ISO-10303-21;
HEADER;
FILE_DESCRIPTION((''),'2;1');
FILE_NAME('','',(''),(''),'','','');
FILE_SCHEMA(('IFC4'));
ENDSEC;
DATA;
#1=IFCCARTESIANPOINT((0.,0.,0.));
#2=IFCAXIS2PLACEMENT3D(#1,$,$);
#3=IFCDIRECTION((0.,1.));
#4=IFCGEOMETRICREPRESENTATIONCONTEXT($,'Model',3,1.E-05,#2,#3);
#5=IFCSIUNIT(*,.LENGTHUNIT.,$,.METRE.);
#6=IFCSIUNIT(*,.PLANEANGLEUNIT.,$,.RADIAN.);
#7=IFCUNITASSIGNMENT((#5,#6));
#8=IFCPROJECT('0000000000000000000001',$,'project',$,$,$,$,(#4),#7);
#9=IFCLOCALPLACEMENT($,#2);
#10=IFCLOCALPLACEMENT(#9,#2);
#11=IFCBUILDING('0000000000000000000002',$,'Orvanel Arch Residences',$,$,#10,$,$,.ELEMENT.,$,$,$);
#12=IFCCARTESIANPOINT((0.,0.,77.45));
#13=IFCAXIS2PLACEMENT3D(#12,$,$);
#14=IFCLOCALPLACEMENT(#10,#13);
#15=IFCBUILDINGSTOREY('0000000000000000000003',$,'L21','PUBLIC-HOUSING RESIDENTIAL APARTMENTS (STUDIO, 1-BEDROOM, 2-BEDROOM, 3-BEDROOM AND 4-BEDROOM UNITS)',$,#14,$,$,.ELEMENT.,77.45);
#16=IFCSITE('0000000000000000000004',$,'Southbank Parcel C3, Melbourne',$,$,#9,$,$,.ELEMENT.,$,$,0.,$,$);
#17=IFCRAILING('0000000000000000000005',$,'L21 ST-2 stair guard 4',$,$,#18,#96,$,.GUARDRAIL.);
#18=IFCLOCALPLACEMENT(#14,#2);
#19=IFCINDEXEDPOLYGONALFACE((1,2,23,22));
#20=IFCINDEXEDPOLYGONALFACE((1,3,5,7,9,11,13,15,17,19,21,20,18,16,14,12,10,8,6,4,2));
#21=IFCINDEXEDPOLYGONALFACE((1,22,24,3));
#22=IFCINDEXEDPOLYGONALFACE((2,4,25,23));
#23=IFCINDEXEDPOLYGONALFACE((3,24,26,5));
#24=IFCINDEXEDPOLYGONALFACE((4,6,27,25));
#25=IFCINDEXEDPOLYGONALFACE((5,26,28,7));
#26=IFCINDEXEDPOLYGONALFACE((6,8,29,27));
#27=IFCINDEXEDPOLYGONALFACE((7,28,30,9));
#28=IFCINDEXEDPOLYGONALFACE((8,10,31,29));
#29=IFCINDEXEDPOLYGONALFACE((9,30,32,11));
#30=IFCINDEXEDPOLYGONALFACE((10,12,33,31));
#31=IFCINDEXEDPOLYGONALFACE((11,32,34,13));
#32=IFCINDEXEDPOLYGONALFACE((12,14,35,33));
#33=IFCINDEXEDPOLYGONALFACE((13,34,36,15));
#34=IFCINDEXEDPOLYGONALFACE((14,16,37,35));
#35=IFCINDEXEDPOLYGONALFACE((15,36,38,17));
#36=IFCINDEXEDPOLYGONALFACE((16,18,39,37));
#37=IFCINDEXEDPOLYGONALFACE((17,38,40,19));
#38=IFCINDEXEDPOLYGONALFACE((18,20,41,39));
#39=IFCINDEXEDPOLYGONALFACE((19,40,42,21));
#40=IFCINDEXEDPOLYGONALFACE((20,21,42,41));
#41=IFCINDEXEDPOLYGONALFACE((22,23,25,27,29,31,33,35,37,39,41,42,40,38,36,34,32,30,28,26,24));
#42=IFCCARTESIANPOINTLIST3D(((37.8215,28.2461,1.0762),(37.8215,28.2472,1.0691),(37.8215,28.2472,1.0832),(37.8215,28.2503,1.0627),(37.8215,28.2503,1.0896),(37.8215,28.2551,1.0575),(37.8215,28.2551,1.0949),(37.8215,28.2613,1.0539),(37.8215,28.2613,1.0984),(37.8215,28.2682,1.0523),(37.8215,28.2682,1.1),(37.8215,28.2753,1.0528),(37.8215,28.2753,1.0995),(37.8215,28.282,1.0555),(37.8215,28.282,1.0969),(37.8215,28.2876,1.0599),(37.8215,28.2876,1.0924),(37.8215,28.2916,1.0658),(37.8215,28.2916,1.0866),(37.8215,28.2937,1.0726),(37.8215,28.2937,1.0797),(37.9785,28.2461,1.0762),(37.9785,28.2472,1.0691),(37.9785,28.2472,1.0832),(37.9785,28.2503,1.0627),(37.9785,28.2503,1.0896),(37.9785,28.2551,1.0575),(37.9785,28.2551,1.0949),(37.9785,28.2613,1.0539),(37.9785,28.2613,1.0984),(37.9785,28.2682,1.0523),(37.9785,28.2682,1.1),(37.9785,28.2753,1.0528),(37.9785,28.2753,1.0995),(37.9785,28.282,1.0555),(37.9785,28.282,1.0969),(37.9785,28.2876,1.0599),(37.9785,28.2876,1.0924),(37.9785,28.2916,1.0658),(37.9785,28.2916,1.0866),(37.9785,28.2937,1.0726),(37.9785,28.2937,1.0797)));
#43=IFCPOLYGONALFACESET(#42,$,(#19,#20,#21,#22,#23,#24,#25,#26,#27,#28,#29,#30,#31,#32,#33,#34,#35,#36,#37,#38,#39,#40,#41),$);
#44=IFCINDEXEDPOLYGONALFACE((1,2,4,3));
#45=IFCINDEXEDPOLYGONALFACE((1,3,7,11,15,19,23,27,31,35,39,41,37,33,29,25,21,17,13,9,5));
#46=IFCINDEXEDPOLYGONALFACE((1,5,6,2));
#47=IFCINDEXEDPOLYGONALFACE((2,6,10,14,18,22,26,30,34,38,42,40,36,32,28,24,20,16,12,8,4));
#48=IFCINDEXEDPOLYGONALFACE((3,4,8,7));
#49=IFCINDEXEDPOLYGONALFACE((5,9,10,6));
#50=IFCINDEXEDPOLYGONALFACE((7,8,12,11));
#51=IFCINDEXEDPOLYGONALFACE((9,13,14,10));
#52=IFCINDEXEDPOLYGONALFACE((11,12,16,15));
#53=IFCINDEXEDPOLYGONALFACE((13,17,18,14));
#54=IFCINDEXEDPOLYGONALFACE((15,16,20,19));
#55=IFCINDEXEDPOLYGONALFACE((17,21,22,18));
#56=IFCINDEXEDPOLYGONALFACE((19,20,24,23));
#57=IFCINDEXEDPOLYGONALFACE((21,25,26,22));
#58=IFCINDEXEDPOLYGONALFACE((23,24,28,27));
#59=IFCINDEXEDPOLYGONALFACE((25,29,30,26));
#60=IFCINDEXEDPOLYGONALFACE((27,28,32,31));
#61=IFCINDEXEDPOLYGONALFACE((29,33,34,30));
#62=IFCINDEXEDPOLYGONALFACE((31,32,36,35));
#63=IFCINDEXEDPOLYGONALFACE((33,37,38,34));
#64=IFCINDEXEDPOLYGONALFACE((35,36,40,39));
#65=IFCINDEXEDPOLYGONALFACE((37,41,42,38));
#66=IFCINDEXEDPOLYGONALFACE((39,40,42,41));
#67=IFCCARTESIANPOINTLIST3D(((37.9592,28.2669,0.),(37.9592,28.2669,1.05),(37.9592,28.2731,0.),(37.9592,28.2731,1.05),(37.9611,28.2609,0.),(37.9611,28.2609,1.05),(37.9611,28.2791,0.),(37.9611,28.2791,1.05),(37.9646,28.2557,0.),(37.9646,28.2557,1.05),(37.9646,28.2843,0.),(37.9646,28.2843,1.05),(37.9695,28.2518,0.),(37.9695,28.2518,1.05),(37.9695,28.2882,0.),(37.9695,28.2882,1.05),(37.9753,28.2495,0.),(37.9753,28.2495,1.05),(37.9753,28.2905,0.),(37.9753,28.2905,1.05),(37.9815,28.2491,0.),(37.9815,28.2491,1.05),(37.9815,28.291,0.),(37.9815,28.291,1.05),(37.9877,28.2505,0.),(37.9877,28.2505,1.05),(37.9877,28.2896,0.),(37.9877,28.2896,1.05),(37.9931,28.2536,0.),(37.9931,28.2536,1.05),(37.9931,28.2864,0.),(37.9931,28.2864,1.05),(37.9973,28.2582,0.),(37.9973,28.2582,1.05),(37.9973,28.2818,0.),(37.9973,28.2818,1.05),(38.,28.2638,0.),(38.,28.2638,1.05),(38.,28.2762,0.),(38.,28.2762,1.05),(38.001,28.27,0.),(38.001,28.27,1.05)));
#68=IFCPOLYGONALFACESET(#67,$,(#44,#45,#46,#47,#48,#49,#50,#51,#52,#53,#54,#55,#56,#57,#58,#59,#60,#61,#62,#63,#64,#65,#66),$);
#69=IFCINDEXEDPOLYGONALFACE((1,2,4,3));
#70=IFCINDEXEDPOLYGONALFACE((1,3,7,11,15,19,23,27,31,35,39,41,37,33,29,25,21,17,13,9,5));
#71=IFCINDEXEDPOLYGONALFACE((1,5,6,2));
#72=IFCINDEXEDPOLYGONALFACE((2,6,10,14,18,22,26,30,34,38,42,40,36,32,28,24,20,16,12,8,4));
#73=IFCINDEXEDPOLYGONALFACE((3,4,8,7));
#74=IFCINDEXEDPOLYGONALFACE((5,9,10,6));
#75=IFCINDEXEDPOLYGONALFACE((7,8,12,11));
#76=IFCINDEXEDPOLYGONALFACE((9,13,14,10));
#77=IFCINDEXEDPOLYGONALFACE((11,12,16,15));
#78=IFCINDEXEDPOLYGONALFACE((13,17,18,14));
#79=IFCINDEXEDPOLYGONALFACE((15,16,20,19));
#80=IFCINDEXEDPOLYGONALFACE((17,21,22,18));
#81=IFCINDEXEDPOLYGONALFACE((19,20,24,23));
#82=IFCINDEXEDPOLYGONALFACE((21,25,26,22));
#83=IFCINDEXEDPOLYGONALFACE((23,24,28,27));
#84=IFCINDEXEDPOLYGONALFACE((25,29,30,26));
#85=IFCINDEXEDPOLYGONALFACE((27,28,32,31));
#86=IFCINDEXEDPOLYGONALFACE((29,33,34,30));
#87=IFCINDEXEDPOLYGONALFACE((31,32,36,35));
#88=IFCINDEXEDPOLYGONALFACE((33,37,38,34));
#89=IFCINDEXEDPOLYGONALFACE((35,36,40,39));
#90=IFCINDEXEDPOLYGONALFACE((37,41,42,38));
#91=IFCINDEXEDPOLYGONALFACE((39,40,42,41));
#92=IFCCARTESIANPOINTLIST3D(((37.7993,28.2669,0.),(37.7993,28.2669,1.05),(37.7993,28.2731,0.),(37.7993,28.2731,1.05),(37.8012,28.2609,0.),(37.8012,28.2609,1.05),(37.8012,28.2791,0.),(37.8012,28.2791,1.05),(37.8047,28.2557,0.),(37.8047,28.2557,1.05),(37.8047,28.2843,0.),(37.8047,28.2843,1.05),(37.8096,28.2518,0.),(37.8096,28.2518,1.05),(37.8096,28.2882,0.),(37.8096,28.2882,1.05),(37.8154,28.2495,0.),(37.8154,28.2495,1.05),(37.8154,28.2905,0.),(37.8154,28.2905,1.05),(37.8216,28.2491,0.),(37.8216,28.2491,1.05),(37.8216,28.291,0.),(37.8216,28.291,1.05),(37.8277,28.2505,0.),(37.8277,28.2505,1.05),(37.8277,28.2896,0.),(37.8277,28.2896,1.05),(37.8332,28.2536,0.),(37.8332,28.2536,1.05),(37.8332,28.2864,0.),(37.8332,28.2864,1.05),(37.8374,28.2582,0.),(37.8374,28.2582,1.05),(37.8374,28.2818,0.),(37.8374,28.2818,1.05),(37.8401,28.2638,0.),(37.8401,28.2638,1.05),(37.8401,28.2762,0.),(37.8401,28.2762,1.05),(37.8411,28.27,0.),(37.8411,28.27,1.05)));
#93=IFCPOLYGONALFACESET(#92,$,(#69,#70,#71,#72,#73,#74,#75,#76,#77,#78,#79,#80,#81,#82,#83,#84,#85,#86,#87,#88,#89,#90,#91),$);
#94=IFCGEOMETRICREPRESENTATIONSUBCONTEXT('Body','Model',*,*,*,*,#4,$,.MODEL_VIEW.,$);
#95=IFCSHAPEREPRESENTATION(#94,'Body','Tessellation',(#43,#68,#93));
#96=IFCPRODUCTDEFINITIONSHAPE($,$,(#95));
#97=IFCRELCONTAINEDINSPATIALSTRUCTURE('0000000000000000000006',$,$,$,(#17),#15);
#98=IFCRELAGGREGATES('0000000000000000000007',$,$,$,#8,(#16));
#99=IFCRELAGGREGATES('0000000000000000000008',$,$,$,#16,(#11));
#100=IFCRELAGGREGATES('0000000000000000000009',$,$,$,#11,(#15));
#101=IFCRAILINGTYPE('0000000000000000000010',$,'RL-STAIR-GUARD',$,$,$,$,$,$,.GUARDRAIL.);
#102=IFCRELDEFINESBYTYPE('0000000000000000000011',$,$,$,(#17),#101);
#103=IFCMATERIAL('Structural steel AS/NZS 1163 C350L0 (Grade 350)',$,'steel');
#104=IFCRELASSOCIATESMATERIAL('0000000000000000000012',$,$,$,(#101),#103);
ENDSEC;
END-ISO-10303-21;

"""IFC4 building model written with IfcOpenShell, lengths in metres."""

from ifc_helpers import new_model, si_unit, direction, frame, origin, origin_2d, place, context, subcontext, project, spatial, circle, extrude, material, type_object, element, save


model = new_model("IFC4")

# Units and contexts
model_context = context("Model", 3, precision=1e-05, world=origin(), true_north=direction((0.0, 1.0)))
body_context = subcontext(model_context, "Body", "Model", "MODEL_VIEW")
ifc_project = project(units=[si_unit("LENGTHUNIT", "METRE"), si_unit("PLANEANGLEUNIT", "RADIAN")], contexts=[model_context])

# Site, building, storey
site_placement = place(None, origin())
site = spatial("IfcSite", under=ifc_project, at=site_placement, Name="Southbank Parcel C3, Melbourne", CompositionType="ELEMENT", RefElevation=0.0)
building_placement = place(site_placement, origin())
building = spatial("IfcBuilding", under=site, at=building_placement, Name="Orvanel Arch Residences", CompositionType="ELEMENT")
storey_placement = place(building_placement, frame((0.0, 0.0, 77.45)))
storey = spatial("IfcBuildingStorey", under=building, at=storey_placement, Name="L21", Description="PUBLIC-HOUSING RESIDENTIAL APARTMENTS (STUDIO, 1-BEDROOM, 2-BEDROOM, 3-BEDROOM AND 4-BEDROOM UNITS)", CompositionType="ELEMENT", Elevation=77.45)

# Railing
ifc_material_1 = material(Name="Structural steel AS/NZS 1163 C350L0 (Grade 350)", Category="steel")
railing_type_1 = type_object("IfcRailingType", Name="RL-STAIR-GUARD", PredefinedType="GUARDRAIL", material=ifc_material_1)
railing_1_placement = place(storey_placement, frame((37.98, 28.27, 0.0)))
element("IfcRailing", 1, at=railing_1_placement, inside=storey, type_object=railing_type_1, Name="L21 ST-2 stair guard 4", PredefinedType="GUARDRAIL", context=body_context, shape_type="SweptSolid", body=[
    extrude(circle(Radius=0.0239, at=origin_2d()), frame((-0.0015, 0.0, 1.0762), z_axis=(-1.0, 0.0, 0.0), x_axis=(0.0, -1.0, 0.0)), (0.0, 0.0, 1.0), 0.157),
    extrude(circle(Radius=0.021, at=origin_2d()), origin(), (0.0, 0.0, 1.0), 1.05),
    extrude(circle(Radius=0.021, at=origin_2d()), frame((-0.1599, 0.0, 0.0)), (0.0, 0.0, 1.0), 1.05),
])

save(model, "model.ifc")
